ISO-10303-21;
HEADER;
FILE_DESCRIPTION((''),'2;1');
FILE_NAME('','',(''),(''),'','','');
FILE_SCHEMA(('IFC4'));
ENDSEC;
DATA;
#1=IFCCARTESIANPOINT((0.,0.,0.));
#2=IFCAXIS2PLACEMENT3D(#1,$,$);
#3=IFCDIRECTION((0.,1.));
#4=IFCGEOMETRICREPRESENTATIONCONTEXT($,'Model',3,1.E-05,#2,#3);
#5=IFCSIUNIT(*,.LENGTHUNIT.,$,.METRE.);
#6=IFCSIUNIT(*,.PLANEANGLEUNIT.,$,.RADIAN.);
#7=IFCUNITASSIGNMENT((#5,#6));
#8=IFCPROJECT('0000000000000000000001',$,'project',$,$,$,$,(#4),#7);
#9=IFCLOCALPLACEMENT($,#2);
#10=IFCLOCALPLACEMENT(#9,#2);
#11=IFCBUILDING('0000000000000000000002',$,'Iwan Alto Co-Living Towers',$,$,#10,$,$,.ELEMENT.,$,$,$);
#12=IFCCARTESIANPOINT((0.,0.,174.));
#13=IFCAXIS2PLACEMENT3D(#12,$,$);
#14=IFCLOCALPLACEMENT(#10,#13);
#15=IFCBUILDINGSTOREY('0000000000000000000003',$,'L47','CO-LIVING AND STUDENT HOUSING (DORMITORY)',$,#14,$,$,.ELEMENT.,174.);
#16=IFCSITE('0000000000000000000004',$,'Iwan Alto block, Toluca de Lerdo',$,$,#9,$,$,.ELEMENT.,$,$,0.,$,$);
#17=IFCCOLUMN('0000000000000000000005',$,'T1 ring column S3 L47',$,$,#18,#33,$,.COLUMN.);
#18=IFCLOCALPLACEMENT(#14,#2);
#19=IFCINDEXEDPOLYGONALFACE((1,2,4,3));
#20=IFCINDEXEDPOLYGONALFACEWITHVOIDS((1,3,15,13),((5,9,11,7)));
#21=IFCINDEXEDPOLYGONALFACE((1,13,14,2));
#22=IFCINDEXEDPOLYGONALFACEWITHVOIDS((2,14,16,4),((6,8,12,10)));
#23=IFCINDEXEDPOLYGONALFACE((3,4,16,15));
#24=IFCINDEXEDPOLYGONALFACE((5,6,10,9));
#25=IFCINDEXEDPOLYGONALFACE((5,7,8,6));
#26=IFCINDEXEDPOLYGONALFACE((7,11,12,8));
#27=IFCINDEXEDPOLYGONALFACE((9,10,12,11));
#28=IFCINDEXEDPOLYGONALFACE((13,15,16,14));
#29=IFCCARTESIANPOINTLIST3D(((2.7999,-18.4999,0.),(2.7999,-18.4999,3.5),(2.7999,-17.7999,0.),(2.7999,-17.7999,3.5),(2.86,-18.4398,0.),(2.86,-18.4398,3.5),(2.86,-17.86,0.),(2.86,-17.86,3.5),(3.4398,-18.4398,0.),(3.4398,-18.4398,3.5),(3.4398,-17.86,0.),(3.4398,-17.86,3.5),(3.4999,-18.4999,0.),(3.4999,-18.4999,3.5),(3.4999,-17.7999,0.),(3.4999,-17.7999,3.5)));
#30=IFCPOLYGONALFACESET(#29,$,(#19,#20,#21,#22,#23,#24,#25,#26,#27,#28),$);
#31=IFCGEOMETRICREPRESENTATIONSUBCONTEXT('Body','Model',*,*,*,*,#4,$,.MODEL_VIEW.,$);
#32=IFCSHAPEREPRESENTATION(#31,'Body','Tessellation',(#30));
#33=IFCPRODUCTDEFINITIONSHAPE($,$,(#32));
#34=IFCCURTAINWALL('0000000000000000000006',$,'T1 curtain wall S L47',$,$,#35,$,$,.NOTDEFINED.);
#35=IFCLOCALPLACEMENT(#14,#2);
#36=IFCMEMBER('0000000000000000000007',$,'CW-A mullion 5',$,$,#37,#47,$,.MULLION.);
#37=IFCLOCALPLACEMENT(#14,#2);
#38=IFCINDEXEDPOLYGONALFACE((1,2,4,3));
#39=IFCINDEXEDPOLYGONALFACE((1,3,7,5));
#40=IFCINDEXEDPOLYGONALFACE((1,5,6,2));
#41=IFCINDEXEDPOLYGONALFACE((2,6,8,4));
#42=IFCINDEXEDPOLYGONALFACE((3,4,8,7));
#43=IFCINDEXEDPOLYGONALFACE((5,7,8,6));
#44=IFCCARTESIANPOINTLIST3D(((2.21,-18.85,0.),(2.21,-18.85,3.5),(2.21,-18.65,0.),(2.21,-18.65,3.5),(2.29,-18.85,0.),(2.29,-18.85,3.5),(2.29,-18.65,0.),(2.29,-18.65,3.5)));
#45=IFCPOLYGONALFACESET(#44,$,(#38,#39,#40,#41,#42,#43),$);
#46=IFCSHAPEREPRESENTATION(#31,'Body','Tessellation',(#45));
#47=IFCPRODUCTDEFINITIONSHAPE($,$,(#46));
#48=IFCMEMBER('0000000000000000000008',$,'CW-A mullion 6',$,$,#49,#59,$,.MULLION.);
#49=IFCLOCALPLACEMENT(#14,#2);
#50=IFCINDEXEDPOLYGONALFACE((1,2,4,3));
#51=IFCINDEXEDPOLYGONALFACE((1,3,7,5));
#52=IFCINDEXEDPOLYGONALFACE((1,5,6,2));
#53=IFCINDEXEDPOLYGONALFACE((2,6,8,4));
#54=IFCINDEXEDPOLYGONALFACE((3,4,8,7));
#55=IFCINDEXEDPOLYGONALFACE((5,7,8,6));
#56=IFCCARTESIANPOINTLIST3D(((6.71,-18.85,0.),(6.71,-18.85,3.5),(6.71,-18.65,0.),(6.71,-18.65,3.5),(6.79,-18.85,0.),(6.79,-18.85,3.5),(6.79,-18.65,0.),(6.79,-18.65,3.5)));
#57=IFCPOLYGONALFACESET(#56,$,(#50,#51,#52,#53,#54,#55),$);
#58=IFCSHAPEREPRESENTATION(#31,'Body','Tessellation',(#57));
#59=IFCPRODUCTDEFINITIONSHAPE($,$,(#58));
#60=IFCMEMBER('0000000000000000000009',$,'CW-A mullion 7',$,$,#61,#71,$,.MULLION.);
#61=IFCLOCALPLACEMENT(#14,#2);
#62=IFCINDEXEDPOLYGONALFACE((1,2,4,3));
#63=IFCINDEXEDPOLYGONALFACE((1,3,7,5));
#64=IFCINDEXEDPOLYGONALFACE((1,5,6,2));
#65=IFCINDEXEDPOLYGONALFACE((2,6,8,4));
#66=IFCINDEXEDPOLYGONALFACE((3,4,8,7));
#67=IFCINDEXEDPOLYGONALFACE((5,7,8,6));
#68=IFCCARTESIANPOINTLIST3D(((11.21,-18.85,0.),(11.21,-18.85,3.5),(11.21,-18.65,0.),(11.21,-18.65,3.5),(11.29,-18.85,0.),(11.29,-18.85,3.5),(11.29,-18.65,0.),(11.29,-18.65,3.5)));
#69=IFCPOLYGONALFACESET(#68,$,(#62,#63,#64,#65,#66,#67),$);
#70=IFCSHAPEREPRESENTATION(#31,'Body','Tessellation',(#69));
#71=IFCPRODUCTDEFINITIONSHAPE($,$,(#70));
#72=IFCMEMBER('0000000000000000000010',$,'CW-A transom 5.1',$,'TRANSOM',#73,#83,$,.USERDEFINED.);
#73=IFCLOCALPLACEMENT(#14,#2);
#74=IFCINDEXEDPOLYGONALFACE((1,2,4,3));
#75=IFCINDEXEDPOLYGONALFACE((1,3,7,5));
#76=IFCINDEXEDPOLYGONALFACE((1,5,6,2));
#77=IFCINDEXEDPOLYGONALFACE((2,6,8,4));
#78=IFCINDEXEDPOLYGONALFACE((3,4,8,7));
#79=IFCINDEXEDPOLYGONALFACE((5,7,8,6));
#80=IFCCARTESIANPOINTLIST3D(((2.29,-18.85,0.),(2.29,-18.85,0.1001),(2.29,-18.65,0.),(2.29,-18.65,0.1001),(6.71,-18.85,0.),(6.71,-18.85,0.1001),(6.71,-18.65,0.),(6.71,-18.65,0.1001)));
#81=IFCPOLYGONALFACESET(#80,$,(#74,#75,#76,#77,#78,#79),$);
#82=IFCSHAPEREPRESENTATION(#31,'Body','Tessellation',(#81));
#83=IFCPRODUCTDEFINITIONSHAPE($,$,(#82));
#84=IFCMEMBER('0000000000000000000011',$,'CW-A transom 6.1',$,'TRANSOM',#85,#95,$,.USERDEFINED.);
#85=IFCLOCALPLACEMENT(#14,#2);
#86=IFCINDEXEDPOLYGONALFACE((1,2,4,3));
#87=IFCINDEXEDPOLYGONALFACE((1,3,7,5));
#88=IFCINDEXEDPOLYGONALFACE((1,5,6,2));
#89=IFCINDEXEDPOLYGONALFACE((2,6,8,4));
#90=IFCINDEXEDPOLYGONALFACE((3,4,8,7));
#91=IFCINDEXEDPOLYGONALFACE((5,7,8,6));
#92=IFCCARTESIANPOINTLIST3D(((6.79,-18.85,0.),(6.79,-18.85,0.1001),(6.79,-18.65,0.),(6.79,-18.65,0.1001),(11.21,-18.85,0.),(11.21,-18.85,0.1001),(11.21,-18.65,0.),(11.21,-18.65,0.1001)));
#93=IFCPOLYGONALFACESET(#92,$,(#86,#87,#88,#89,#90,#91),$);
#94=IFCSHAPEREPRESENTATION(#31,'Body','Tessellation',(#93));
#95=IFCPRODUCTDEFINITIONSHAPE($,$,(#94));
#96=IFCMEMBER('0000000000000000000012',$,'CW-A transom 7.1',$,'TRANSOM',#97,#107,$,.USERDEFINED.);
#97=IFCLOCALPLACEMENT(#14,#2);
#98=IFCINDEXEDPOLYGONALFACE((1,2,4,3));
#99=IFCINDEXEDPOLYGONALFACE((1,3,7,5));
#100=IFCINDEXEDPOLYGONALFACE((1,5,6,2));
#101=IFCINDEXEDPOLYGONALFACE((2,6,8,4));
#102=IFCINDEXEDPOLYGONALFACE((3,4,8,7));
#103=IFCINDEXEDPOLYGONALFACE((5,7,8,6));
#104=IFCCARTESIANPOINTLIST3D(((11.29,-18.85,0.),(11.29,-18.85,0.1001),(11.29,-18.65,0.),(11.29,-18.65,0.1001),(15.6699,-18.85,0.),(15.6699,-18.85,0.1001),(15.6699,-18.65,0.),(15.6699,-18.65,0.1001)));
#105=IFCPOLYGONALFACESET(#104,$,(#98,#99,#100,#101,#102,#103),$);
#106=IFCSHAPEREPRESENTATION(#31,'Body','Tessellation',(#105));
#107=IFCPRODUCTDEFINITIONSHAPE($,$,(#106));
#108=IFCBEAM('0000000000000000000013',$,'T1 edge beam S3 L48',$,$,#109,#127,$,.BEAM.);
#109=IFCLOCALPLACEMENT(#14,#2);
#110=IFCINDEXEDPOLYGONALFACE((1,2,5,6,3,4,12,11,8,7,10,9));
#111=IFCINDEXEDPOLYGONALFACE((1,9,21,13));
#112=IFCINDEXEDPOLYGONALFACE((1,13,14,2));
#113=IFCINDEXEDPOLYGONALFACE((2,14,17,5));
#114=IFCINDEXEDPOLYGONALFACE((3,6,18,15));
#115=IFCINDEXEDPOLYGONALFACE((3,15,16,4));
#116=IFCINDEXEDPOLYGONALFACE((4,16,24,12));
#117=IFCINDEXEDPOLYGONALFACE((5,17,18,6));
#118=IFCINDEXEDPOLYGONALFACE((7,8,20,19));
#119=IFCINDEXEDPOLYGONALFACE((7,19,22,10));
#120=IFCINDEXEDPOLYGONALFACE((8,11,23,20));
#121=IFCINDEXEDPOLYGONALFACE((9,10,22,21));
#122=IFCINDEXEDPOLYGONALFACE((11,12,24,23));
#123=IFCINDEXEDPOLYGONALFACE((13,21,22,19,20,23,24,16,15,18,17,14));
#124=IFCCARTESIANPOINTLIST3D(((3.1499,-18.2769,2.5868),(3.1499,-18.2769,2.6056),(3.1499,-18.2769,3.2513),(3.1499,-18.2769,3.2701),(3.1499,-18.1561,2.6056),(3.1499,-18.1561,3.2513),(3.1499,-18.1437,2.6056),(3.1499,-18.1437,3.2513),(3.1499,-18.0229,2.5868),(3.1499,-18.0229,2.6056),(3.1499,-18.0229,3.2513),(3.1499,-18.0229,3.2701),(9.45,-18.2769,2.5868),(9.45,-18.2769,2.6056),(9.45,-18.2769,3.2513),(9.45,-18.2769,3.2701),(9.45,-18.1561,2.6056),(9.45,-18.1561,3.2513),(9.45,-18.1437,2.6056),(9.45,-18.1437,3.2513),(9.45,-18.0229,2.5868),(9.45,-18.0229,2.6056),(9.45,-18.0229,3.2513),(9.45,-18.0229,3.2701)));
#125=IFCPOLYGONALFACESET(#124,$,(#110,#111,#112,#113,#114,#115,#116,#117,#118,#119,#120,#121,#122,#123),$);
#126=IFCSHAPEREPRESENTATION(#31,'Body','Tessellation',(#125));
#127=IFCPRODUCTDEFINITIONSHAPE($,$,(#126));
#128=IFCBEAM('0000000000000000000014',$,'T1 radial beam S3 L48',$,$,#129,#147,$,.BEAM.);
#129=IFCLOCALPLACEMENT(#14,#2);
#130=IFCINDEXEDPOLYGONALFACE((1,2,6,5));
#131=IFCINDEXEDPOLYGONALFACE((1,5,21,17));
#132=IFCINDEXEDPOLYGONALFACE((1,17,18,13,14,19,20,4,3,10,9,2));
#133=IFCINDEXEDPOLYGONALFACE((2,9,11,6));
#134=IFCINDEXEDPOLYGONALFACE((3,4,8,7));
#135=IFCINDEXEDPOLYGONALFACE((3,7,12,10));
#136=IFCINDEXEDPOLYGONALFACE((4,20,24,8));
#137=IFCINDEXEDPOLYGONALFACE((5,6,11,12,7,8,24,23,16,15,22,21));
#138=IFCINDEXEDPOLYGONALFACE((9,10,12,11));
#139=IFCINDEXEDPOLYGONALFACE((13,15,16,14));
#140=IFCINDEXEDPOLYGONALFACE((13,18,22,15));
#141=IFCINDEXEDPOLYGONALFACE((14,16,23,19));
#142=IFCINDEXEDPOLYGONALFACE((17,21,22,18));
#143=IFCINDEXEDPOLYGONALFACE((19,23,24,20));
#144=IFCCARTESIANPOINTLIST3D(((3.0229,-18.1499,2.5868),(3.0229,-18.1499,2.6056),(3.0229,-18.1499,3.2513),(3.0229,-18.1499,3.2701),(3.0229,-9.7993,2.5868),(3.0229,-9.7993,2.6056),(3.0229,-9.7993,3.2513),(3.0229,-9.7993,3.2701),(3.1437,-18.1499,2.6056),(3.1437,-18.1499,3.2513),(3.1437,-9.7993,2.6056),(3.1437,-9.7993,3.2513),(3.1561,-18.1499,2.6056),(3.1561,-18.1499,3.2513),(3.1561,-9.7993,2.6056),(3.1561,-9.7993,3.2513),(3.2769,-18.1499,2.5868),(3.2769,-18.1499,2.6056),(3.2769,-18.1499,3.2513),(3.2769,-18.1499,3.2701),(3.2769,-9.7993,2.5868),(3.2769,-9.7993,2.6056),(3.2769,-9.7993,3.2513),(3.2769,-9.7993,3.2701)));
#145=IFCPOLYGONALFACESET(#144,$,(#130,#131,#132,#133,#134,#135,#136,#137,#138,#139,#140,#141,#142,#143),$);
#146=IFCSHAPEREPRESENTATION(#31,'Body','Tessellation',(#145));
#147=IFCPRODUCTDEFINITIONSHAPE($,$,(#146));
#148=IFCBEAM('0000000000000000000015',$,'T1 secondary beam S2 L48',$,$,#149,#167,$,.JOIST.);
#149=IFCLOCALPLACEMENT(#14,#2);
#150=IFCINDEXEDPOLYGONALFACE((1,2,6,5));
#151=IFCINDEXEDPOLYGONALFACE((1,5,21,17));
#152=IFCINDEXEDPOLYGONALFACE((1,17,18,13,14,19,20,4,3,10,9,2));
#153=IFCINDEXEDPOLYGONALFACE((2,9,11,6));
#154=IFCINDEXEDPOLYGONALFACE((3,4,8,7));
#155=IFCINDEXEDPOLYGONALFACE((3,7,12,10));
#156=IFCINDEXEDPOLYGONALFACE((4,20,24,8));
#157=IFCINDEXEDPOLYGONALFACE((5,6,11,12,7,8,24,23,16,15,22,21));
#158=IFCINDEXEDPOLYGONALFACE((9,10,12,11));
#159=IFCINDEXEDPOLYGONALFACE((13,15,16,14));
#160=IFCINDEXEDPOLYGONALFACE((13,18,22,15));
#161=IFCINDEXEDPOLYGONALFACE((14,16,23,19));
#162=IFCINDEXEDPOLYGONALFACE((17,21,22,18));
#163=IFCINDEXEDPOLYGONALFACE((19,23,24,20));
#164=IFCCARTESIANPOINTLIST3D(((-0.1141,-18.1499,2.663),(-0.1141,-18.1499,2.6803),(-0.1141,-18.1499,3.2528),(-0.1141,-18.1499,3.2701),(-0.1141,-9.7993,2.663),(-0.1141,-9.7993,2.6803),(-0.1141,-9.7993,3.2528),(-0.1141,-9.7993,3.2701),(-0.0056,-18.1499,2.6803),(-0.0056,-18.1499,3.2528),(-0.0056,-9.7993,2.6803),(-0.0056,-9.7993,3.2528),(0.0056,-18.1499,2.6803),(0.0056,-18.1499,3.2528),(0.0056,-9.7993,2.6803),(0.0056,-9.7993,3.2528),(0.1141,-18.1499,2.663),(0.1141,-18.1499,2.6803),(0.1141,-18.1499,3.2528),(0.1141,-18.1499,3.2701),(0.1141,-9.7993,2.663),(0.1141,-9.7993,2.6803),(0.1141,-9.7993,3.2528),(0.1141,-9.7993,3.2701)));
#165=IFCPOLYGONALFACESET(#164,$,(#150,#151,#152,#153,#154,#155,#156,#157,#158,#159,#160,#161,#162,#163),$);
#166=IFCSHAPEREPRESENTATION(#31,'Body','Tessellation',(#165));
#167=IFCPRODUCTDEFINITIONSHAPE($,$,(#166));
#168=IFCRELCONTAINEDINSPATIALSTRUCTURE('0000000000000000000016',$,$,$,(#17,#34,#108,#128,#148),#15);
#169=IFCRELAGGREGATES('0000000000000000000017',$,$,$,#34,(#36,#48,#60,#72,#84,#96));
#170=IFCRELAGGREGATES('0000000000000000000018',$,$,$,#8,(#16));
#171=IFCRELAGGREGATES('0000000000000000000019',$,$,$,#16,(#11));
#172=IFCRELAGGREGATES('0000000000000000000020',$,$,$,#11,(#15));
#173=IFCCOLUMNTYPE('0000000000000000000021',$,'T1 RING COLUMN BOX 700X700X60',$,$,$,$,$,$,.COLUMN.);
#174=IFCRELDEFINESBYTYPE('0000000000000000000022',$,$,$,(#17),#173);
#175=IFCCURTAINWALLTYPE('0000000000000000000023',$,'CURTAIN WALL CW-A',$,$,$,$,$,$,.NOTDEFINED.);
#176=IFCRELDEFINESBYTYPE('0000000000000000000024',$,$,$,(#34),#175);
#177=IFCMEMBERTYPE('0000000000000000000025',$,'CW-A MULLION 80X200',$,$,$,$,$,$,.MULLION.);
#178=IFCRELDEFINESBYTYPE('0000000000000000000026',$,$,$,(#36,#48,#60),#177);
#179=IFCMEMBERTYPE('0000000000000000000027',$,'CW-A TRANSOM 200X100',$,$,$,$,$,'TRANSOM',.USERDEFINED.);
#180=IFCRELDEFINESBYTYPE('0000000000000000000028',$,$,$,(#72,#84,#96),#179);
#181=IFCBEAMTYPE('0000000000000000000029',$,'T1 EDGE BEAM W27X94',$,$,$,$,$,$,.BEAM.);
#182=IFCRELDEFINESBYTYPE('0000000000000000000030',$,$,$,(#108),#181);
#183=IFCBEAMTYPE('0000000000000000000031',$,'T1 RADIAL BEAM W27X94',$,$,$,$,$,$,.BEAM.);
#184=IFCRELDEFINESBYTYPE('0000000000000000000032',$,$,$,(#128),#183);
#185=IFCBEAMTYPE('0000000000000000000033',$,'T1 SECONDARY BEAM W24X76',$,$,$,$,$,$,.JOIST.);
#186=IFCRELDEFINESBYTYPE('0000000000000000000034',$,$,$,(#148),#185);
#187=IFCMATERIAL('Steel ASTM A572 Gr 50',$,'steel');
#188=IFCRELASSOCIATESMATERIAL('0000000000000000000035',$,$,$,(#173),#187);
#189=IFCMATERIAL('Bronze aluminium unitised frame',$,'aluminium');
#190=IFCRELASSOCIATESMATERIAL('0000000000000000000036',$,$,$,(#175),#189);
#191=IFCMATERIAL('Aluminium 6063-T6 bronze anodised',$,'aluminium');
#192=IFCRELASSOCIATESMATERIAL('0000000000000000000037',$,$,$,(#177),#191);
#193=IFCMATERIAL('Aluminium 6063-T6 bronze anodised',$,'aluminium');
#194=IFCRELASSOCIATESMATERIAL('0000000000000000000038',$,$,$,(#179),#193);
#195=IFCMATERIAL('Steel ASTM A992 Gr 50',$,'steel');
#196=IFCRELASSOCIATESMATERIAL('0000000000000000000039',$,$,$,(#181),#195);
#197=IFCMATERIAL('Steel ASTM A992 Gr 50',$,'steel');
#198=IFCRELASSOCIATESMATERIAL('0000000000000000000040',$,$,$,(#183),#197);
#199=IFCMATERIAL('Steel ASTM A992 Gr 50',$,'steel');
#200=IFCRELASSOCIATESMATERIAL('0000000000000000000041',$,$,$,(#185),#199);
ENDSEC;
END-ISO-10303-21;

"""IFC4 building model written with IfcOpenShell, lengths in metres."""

from ifc_helpers import new_model, si_unit, direction, frame, origin, origin_2d, place, context, subcontext, project, spatial, rectangle, hollow_rectangle, i_section, extrude, material, material_profile, profile_set, type_object, element, aggregate, save


model = new_model("IFC4")

# Units and contexts
model_context = context("Model", 3, precision=1e-05, world=origin(), true_north=direction((0.0, 1.0)))
body_context = subcontext(model_context, "Body", "Model", "MODEL_VIEW")
ifc_project = project(units=[si_unit("LENGTHUNIT", "METRE"), si_unit("PLANEANGLEUNIT", "RADIAN")], contexts=[model_context])

# Site, building, storey
site_placement = place(None, origin())
site = spatial("IfcSite", under=ifc_project, at=site_placement, Name="Iwan Alto block, Toluca de Lerdo", CompositionType="ELEMENT", RefElevation=0.0)
building_placement = place(site_placement, origin())
building = spatial("IfcBuilding", under=site, at=building_placement, Name="Iwan Alto Co-Living Towers", CompositionType="ELEMENT")
storey_placement = place(building_placement, frame((0.0, 0.0, 174.0)))
storey = spatial("IfcBuildingStorey", under=building, at=storey_placement, Name="L47", Description="CO-LIVING AND STUDENT HOUSING (DORMITORY)", CompositionType="ELEMENT", Elevation=174.0)

# Column
ifc_material_1 = material(Name="Steel ASTM A572 Gr 50", Category="steel")
ifc_material_profile_1 = material_profile(ifc_material_1, hollow_rectangle(XDim=0.7, YDim=0.7, WallThickness=0.0601, at=origin_2d()), Name="BOX 700X700X60")
ifc_profile_set_1 = profile_set([ifc_material_profile_1], Name="Steel ASTM A572 Gr 50")
column_type = type_object("IfcColumnType", Name="T1 RING COLUMN BOX 700X700X60", PredefinedType="COLUMN", material=ifc_profile_set_1)
column_placement = place(storey_placement, frame((3.1499, -18.1499, 0.0), z_axis=(0.0, 0.0, 1.0), x_axis=(1.0, 0.0, 0.0)))
element("IfcColumn", 1, at=column_placement, inside=storey, type_object=column_type, Name="T1 ring column S3 L47", PredefinedType="COLUMN", context=body_context, shape_type="SweptSolid", body=[
    extrude(hollow_rectangle(XDim=0.7, YDim=0.7, WallThickness=0.0601, at=origin_2d()), origin(), (0.0, 0.0, 1.0), 3.5),
])

# Curtain wall, members
ifc_material_2 = material(Name="Bronze aluminium unitised frame", Category="aluminium")
curtain_wall_type = type_object("IfcCurtainWallType", Name="CURTAIN WALL CW-A", PredefinedType="NOTDEFINED", material=ifc_material_2)
curtain_wall_placement = place(storey_placement, origin())
curtain_wall = element("IfcCurtainWall", 2, at=curtain_wall_placement, inside=storey, type_object=curtain_wall_type, Name="T1 curtain wall S L47", PredefinedType="NOTDEFINED")
ifc_material_3 = material(Name="Aluminium 6063-T6 bronze anodised", Category="aluminium")
ifc_material_profile_2 = material_profile(ifc_material_3, rectangle(XDim=0.2, YDim=0.0801, at=origin_2d()), Name="AL 80X200")
ifc_profile_set_2 = profile_set([ifc_material_profile_2], Name="Aluminium 6063-T6 bronze anodised")
member_type_1 = type_object("IfcMemberType", Name="CW-A MULLION 80X200", PredefinedType="MULLION", material=ifc_profile_set_2)
member_1_placement = place(storey_placement, frame((2.25, -18.75, 0.0), z_axis=(0.0, 0.0, 1.0), x_axis=(0.0, 1.0, 0.0)))
member_1 = element("IfcMember", 3, at=member_1_placement, type_object=member_type_1, Name="CW-A mullion 5", PredefinedType="MULLION", context=body_context, shape_type="SweptSolid", body=[
    extrude(rectangle(XDim=0.2, YDim=0.0801, at=origin_2d()), origin(), (0.0, 0.0, 1.0), 3.5),
])
member_2_placement = place(storey_placement, frame((6.75, -18.75, 0.0), z_axis=(0.0, 0.0, 1.0), x_axis=(0.0, 1.0, 0.0)))
member_2 = element("IfcMember", 4, at=member_2_placement, type_object=member_type_1, Name="CW-A mullion 6", PredefinedType="MULLION", context=body_context, shape_type="SweptSolid", body=[
    extrude(rectangle(XDim=0.2, YDim=0.0801, at=origin_2d()), origin(), (0.0, 0.0, 1.0), 3.5),
])
member_3_placement = place(storey_placement, frame((11.25, -18.75, 0.0), z_axis=(0.0, 0.0, 1.0), x_axis=(0.0, 1.0, 0.0)))
member_3 = element("IfcMember", 5, at=member_3_placement, type_object=member_type_1, Name="CW-A mullion 7", PredefinedType="MULLION", context=body_context, shape_type="SweptSolid", body=[
    extrude(rectangle(XDim=0.2, YDim=0.0801, at=origin_2d()), origin(), (0.0, 0.0, 1.0), 3.5),
])
ifc_material_4 = material(Name="Aluminium 6063-T6 bronze anodised", Category="aluminium")
ifc_material_profile_3 = material_profile(ifc_material_4, rectangle(XDim=0.2, YDim=0.1001, at=origin_2d()), Name="AL 200X100")
ifc_profile_set_3 = profile_set([ifc_material_profile_3], Name="Aluminium 6063-T6 bronze anodised")
member_type_2 = type_object("IfcMemberType", Name="CW-A TRANSOM 200X100", ElementType="TRANSOM", PredefinedType="USERDEFINED", material=ifc_profile_set_3)
member_4_placement = place(storey_placement, frame((2.29, -18.75, 0.05), z_axis=(1.0, 0.0, 0.0), x_axis=(0.0, 1.0, 0.0)))
member_4 = element("IfcMember", 6, at=member_4_placement, type_object=member_type_2, Name="CW-A transom 5.1", ObjectType="TRANSOM", PredefinedType="USERDEFINED", context=body_context, shape_type="SweptSolid", body=[
    extrude(rectangle(XDim=0.2, YDim=0.1001, at=origin_2d()), origin(), (0.0, 0.0, 1.0), 4.4199),
])
member_5_placement = place(storey_placement, frame((6.79, -18.75, 0.05), z_axis=(1.0, 0.0, 0.0), x_axis=(0.0, 1.0, 0.0)))
member_5 = element("IfcMember", 7, at=member_5_placement, type_object=member_type_2, Name="CW-A transom 6.1", ObjectType="TRANSOM", PredefinedType="USERDEFINED", context=body_context, shape_type="SweptSolid", body=[
    extrude(rectangle(XDim=0.2, YDim=0.1001, at=origin_2d()), origin(), (0.0, 0.0, 1.0), 4.4199),
])
member_6_placement = place(storey_placement, frame((11.29, -18.75, 0.05), z_axis=(1.0, 0.0, 0.0), x_axis=(0.0, 1.0, 0.0)))
member_6 = element("IfcMember", 8, at=member_6_placement, type_object=member_type_2, Name="CW-A transom 7.1", ObjectType="TRANSOM", PredefinedType="USERDEFINED", context=body_context, shape_type="SweptSolid", body=[
    extrude(rectangle(XDim=0.2, YDim=0.1001, at=origin_2d()), origin(), (0.0, 0.0, 1.0), 4.3799),
])

# Beams
ifc_material_5 = material(Name="Steel ASTM A992 Gr 50", Category="steel")
ifc_material_profile_4 = material_profile(ifc_material_5, i_section(OverallWidth=0.2539, OverallDepth=0.6833, WebThickness=0.0125, FlangeThickness=0.0188, at=origin_2d()), Name="W27X94")
ifc_profile_set_4 = profile_set([ifc_material_profile_4], Name="Steel ASTM A992 Gr 50")
beam_type_1 = type_object("IfcBeamType", Name="T1 EDGE BEAM W27X94", PredefinedType="BEAM", material=ifc_profile_set_4)
beam_1_placement = place(storey_placement, frame((3.1499, -18.1499, 2.9285), z_axis=(1.0, 0.0, 0.0), x_axis=(0.0, 1.0, 0.0)))
element("IfcBeam", 9, at=beam_1_placement, inside=storey, type_object=beam_type_1, Name="T1 edge beam S3 L48", PredefinedType="BEAM", context=body_context, shape_type="SweptSolid", body=[
    extrude(i_section(OverallWidth=0.2539, OverallDepth=0.6833, WebThickness=0.0125, FlangeThickness=0.0188, at=origin_2d()), origin(), (0.0, 0.0, 1.0), 6.3),
])
ifc_material_6 = material(Name="Steel ASTM A992 Gr 50", Category="steel")
ifc_material_profile_5 = material_profile(ifc_material_6, i_section(OverallWidth=0.2539, OverallDepth=0.6833, WebThickness=0.0125, FlangeThickness=0.0188, at=origin_2d()), Name="W27X94")
ifc_profile_set_5 = profile_set([ifc_material_profile_5], Name="Steel ASTM A992 Gr 50")
beam_type_2 = type_object("IfcBeamType", Name="T1 RADIAL BEAM W27X94", PredefinedType="BEAM", material=ifc_profile_set_5)
beam_2_placement = place(storey_placement, frame((3.1499, -18.1499, 2.9285), z_axis=(0.0, 1.0, 0.0), x_axis=(-1.0, 0.0, 0.0)))
element("IfcBeam", 10, at=beam_2_placement, inside=storey, type_object=beam_type_2, Name="T1 radial beam S3 L48", PredefinedType="BEAM", context=body_context, shape_type="SweptSolid", body=[
    extrude(i_section(OverallWidth=0.2539, OverallDepth=0.6833, WebThickness=0.0125, FlangeThickness=0.0188, at=origin_2d()), origin(), (0.0, 0.0, 1.0), 8.3506),
])
ifc_material_7 = material(Name="Steel ASTM A992 Gr 50", Category="steel")
ifc_material_profile_6 = material_profile(ifc_material_7, i_section(OverallWidth=0.2283, OverallDepth=0.6072, WebThickness=0.0112, FlangeThickness=0.0173, at=origin_2d()), Name="W24X76")
ifc_profile_set_6 = profile_set([ifc_material_profile_6], Name="Steel ASTM A992 Gr 50")
beam_type_3 = type_object("IfcBeamType", Name="T1 SECONDARY BEAM W24X76", PredefinedType="JOIST", material=ifc_profile_set_6)
for number, where, z_axis, x_axis, name in (
    (11, (0.0, -18.1499, 2.9666), (0.0, 1.0, 0.0), (-1.0, 0.0, 0.0), "T1 secondary beam S2 L48"),
):
    element("IfcBeam", number, at=place(storey_placement, frame(where, z_axis=z_axis, x_axis=x_axis)), inside=storey, type_object=beam_type_3, Name=name, PredefinedType="JOIST", context=body_context, shape_type="SweptSolid", body=[
        extrude(i_section(OverallWidth=0.2283, OverallDepth=0.6072, WebThickness=0.0112, FlangeThickness=0.0173, at=origin_2d()), origin(), (0.0, 0.0, 1.0), 8.3506),
    ])

aggregate(curtain_wall, [member_1, member_2, member_3, member_4, member_5, member_6])

save(model, "model.ifc")
